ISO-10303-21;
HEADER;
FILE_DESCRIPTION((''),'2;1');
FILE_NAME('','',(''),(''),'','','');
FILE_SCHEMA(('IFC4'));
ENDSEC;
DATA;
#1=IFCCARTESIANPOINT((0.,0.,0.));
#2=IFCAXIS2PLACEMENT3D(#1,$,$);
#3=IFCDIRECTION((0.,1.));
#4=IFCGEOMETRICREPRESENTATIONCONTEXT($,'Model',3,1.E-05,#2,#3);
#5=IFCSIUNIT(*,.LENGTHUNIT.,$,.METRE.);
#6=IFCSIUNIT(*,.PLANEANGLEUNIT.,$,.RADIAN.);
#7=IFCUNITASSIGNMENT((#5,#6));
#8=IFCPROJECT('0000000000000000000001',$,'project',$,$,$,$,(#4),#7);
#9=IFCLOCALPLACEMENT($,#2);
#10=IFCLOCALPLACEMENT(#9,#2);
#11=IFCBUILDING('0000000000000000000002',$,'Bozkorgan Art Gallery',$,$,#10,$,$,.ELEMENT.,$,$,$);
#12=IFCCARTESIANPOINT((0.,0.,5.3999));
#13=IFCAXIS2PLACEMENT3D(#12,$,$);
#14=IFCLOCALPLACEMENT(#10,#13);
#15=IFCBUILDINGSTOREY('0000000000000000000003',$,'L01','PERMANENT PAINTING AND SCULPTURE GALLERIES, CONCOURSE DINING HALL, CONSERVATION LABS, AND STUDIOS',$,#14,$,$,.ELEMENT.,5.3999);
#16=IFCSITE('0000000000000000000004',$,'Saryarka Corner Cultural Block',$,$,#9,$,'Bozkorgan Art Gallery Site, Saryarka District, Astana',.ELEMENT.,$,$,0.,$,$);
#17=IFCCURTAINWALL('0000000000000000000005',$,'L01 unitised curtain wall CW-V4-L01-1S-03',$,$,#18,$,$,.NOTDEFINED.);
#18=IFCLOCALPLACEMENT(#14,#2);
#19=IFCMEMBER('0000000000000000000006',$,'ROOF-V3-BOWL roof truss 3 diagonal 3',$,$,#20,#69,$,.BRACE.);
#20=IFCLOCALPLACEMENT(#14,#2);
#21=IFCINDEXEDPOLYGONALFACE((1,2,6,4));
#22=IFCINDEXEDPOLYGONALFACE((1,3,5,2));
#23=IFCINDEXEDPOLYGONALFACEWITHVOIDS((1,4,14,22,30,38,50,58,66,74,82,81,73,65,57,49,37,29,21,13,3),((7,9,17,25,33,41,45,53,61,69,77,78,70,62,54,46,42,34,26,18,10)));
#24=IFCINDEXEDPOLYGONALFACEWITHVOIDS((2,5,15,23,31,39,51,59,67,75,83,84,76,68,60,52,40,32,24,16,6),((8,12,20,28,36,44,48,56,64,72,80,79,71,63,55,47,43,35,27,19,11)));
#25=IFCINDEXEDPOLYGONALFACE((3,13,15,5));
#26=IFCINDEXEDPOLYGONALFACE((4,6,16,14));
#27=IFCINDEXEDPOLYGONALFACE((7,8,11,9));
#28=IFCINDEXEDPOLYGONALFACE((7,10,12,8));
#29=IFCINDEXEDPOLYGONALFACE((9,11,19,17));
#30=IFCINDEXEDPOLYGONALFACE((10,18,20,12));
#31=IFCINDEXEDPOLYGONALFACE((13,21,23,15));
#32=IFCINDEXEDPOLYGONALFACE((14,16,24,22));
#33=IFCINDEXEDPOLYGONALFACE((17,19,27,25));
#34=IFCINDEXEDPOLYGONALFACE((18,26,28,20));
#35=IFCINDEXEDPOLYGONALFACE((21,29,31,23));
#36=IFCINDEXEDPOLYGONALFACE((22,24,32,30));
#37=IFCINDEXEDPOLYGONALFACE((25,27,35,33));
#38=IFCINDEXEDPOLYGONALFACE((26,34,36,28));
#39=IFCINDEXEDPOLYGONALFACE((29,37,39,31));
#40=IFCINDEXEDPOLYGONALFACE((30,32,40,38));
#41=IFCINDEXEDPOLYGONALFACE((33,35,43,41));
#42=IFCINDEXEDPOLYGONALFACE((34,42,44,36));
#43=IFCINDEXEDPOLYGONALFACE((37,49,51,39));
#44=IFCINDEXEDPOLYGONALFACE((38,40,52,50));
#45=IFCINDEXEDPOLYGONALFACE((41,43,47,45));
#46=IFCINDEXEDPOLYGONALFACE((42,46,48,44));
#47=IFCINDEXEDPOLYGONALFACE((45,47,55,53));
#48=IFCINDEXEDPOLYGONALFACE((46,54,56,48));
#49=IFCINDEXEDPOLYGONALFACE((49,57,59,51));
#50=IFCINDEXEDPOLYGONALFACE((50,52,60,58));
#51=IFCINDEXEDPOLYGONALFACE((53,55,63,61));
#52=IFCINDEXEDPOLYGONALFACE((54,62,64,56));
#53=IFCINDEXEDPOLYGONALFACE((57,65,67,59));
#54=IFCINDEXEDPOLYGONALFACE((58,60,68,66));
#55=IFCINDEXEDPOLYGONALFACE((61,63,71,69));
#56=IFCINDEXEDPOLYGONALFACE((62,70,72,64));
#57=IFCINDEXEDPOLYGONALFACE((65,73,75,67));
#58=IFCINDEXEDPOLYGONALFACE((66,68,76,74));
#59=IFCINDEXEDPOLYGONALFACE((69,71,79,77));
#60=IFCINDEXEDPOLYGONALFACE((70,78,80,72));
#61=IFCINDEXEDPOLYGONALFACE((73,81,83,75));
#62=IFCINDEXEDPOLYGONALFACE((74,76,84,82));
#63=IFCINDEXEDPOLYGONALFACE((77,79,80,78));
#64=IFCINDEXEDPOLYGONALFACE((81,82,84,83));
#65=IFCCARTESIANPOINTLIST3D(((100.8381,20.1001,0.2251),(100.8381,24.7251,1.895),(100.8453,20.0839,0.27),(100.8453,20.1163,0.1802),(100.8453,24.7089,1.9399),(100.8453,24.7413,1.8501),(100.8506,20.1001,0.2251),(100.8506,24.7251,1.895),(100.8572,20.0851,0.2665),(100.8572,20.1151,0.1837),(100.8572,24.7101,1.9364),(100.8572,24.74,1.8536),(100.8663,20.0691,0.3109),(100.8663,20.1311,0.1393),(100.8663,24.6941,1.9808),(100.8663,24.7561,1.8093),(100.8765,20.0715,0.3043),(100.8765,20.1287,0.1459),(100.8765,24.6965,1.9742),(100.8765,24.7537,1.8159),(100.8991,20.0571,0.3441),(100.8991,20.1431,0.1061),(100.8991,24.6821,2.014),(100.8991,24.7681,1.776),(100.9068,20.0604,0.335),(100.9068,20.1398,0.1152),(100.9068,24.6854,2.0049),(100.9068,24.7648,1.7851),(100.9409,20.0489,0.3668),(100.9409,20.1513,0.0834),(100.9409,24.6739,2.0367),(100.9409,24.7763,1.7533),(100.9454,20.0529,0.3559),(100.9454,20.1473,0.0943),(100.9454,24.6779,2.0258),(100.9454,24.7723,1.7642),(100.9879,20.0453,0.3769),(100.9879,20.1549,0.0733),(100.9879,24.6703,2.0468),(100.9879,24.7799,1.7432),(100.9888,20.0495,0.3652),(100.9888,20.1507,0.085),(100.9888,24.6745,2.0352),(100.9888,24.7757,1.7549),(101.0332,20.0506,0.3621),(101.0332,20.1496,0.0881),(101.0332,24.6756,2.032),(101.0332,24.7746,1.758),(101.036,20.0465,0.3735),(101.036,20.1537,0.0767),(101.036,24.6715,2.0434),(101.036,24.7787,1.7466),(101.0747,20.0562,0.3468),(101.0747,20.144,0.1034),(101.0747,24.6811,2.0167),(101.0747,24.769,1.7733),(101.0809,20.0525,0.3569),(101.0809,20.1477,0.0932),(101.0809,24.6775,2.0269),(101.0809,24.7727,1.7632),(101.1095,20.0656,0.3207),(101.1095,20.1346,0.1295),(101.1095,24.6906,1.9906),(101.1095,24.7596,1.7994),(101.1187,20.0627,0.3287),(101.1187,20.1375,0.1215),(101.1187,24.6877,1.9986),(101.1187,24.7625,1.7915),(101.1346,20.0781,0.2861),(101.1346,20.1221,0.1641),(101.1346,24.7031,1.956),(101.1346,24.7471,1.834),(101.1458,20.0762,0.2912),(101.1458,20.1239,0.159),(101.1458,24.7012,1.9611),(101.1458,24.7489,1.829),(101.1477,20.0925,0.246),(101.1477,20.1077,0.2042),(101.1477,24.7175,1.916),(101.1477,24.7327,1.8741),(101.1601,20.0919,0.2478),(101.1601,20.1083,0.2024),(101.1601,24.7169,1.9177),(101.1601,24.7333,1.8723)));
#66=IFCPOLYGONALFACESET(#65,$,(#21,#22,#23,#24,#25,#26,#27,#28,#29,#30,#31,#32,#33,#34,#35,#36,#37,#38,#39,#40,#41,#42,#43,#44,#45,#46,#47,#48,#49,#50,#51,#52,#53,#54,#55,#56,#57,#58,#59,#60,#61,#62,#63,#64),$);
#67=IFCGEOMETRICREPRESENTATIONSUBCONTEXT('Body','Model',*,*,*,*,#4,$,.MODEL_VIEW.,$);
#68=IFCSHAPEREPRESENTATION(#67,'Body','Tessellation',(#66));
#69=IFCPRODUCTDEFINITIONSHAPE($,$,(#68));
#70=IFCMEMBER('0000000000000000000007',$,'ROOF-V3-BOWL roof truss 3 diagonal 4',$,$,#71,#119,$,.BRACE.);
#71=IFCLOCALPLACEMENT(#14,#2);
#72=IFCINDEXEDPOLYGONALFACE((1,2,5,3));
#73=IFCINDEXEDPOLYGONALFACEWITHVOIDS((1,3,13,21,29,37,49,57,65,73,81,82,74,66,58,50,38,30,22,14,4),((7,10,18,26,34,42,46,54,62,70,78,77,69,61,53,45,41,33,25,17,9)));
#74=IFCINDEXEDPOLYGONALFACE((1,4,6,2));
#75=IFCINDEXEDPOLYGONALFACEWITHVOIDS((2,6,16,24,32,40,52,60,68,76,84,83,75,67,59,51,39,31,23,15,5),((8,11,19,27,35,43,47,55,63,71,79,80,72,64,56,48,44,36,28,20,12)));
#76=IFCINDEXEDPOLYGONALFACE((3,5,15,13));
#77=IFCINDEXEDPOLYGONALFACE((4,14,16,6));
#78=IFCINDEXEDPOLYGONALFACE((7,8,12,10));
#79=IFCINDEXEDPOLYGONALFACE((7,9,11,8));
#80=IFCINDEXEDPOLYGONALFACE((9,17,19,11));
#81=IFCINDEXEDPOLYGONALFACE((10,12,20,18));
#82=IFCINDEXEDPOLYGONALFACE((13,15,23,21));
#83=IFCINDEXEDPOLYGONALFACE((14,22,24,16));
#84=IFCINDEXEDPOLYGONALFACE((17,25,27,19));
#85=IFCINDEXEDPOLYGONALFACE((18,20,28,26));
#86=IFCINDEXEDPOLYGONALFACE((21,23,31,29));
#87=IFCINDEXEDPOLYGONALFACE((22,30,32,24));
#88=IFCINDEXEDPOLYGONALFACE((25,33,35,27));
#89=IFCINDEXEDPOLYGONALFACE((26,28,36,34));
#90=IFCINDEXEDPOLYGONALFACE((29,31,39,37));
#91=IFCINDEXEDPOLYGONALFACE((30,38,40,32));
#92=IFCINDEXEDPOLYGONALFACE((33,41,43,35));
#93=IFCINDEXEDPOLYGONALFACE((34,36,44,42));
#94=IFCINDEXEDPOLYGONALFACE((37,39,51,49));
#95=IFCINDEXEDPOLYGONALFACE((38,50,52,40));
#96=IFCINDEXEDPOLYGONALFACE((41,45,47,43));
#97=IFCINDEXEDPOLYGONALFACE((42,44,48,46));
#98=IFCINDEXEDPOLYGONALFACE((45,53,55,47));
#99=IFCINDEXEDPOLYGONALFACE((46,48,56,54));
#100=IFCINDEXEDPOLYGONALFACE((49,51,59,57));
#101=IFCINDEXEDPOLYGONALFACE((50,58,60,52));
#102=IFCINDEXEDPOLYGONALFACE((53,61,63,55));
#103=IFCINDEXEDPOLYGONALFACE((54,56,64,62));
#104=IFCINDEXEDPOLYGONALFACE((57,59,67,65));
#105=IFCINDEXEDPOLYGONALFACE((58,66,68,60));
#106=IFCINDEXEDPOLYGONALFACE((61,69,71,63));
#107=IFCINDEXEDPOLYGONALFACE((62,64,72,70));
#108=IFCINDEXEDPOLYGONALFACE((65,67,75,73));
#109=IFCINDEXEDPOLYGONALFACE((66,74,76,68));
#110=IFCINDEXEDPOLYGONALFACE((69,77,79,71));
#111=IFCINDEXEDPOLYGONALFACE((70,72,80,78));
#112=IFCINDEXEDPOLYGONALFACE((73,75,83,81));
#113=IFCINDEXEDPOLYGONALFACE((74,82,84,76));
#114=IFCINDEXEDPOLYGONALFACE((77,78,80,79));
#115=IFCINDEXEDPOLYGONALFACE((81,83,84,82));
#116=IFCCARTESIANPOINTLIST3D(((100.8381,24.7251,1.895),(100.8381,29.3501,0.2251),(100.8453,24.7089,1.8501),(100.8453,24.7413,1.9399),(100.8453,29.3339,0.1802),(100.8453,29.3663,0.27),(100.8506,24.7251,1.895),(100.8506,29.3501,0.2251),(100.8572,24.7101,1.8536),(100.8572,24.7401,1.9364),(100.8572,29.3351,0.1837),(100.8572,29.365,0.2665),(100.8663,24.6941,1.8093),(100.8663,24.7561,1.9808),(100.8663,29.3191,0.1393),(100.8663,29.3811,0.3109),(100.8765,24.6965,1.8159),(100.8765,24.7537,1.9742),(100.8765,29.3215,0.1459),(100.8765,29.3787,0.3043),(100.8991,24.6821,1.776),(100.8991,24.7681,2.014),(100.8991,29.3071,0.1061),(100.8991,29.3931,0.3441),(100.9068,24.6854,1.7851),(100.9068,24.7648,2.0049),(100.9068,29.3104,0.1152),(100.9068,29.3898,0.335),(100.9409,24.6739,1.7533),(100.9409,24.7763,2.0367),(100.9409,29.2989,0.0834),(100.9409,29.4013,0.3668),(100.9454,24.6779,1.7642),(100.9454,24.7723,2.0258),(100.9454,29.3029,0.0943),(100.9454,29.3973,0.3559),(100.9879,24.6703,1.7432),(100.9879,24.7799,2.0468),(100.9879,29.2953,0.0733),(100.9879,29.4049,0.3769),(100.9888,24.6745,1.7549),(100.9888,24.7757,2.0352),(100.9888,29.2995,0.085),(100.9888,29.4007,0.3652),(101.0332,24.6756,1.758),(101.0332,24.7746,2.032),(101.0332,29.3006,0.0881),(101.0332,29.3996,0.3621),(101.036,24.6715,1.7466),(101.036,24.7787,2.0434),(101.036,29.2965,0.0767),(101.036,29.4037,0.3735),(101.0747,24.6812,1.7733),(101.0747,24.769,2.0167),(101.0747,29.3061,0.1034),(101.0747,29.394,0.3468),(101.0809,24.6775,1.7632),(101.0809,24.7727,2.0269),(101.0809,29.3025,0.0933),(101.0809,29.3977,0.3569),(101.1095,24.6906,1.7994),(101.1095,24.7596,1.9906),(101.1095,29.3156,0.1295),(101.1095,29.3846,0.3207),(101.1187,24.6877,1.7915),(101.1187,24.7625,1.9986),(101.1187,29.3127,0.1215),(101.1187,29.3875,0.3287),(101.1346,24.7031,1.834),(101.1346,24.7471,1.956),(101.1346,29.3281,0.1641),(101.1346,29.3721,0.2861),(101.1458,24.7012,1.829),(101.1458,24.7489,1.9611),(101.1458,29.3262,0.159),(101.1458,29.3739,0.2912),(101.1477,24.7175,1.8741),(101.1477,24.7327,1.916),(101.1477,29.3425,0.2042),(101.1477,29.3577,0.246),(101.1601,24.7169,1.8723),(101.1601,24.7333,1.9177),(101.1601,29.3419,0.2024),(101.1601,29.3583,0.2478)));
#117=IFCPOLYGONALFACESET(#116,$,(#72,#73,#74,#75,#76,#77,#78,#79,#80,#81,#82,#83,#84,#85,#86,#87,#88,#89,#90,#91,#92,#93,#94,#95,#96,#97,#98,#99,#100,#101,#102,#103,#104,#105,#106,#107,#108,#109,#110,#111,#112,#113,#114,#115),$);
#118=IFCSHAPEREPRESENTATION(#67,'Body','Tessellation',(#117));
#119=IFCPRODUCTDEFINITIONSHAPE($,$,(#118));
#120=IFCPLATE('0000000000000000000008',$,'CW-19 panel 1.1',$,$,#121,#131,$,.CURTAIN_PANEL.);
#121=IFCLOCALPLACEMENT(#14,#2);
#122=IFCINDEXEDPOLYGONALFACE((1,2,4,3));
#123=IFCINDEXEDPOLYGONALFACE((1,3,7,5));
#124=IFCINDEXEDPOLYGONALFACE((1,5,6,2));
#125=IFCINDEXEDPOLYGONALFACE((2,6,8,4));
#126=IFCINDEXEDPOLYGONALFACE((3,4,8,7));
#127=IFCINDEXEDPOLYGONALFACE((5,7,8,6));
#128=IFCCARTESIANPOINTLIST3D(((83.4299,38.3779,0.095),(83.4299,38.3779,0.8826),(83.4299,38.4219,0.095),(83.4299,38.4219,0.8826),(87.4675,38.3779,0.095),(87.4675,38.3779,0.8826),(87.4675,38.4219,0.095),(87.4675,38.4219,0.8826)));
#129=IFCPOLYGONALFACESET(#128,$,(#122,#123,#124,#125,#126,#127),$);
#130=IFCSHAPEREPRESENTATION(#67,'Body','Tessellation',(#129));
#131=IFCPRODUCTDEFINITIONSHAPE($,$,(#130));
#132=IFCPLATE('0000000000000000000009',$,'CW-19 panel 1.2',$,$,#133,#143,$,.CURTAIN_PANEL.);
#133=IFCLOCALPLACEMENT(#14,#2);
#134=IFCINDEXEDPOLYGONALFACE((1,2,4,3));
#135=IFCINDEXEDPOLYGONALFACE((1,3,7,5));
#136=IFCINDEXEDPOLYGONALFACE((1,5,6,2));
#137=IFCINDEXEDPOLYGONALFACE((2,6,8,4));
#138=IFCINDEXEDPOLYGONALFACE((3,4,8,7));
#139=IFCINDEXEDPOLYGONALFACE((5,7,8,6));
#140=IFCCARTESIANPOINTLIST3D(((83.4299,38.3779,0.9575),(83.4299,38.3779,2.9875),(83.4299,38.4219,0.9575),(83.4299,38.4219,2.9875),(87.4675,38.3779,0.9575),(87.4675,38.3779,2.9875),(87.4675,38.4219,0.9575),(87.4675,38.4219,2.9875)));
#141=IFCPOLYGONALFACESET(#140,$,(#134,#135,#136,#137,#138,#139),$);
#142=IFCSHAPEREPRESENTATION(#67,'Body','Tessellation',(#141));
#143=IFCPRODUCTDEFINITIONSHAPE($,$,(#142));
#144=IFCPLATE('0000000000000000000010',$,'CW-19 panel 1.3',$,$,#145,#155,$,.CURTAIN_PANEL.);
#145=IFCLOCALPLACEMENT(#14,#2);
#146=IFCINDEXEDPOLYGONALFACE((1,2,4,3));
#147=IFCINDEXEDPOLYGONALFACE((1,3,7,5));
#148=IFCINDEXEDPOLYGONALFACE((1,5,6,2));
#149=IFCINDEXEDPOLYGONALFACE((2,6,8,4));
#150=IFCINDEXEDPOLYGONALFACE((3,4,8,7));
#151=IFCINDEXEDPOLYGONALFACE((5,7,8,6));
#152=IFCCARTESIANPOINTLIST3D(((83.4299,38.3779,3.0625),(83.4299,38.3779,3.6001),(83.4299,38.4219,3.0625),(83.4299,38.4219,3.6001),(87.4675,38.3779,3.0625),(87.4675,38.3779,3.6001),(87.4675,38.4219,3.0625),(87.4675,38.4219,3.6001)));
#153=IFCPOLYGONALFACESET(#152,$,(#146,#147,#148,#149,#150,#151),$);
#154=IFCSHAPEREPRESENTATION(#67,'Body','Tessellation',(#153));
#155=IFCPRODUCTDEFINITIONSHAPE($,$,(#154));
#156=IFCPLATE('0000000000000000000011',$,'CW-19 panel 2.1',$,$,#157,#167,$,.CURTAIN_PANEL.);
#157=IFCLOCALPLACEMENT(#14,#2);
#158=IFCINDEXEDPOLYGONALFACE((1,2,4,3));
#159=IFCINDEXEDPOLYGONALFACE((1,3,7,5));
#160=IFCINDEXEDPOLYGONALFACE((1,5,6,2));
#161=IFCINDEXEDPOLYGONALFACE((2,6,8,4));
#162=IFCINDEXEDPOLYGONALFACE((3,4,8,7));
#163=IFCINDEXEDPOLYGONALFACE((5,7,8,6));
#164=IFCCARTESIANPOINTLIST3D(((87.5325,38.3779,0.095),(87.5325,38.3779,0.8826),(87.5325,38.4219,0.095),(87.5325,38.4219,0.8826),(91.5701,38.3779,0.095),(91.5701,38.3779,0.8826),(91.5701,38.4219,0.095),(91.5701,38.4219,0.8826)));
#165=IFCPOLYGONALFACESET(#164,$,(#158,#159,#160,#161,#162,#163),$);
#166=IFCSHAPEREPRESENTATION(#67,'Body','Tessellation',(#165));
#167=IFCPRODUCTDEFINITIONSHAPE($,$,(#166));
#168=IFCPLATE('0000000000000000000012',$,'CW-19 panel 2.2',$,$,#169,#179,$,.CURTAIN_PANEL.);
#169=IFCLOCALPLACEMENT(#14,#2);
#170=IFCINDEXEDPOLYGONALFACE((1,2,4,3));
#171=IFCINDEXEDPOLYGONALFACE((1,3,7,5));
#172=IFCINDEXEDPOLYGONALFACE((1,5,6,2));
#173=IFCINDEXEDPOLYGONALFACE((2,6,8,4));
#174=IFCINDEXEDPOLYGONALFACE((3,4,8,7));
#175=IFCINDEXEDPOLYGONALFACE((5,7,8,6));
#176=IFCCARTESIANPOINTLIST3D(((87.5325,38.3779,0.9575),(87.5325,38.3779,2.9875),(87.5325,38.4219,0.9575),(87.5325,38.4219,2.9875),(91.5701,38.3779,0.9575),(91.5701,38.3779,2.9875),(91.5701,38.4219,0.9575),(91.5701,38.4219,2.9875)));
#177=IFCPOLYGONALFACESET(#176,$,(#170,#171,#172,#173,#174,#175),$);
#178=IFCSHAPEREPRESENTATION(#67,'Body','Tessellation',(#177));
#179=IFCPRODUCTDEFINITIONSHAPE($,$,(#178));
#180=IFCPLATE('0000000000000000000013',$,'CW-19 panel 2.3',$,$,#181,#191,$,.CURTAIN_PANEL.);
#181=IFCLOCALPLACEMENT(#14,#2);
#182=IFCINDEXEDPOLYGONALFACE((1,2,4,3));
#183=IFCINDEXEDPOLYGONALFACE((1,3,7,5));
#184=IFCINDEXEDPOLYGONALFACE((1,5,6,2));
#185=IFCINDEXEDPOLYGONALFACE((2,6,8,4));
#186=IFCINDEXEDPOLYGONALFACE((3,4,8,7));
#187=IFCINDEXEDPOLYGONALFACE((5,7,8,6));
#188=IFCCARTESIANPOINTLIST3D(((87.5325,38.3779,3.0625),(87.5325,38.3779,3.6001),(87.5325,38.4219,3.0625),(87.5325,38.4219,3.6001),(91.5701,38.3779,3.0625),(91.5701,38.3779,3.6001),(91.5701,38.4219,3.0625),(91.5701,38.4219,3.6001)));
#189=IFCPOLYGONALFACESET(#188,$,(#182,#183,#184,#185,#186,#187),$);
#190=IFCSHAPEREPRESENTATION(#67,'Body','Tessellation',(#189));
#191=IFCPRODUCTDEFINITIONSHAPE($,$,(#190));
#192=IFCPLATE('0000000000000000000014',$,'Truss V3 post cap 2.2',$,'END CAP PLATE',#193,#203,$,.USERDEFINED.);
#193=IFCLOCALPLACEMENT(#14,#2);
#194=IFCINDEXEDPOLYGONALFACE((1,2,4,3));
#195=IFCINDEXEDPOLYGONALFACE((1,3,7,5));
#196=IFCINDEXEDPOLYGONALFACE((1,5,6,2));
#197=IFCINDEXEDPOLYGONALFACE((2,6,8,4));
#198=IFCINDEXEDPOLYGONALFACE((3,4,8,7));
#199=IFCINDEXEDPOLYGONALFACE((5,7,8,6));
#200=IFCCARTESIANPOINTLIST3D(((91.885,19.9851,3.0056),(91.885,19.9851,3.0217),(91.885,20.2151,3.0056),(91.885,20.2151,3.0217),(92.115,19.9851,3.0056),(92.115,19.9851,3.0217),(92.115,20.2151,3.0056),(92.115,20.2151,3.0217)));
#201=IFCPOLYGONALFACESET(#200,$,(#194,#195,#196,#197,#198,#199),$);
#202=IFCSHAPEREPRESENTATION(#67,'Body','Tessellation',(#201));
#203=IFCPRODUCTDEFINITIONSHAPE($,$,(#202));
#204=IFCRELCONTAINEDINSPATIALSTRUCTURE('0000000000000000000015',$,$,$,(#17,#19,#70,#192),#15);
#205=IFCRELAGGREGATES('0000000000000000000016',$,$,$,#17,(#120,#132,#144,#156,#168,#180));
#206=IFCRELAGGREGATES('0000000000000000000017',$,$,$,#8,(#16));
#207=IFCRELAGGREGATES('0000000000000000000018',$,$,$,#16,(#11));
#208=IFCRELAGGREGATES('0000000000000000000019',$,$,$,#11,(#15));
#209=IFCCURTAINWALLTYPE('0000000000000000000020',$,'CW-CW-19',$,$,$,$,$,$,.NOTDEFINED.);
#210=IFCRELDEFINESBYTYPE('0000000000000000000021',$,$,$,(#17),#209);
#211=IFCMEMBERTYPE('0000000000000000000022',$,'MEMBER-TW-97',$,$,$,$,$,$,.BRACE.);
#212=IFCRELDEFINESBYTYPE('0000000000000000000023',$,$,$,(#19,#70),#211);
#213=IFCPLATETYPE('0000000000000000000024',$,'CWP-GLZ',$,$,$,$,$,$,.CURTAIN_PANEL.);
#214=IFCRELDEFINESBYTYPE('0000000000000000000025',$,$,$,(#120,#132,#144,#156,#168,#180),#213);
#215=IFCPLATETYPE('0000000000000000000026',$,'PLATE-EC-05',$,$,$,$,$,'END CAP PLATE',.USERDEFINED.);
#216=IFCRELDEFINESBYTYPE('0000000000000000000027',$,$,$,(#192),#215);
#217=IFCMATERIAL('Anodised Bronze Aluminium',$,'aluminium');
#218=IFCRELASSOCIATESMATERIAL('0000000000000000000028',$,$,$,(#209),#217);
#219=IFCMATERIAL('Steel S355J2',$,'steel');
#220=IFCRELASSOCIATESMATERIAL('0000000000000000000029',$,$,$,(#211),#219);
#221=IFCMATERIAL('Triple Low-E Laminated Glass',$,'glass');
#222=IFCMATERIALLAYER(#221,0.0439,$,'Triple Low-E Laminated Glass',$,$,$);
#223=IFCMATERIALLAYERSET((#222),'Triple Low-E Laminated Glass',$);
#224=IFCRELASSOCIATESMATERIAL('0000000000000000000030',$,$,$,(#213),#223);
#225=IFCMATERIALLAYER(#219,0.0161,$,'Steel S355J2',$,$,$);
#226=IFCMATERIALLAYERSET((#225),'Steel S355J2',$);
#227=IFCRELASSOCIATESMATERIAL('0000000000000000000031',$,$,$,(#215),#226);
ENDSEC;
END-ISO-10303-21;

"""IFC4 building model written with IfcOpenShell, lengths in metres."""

from ifc_helpers import new_model, si_unit, direction, frame, origin, origin_2d, place, context, subcontext, project, spatial, rectangle, hollow_circle, extrude, material, layer, layer_set, material_profile, profile_set, type_object, element, aggregate, save


model = new_model("IFC4")

# Units and contexts
model_context = context("Model", 3, precision=1e-05, world=origin(), true_north=direction((0.0, 1.0)))
body_context = subcontext(model_context, "Body", "Model", "MODEL_VIEW")
ifc_project = project(units=[si_unit("LENGTHUNIT", "METRE"), si_unit("PLANEANGLEUNIT", "RADIAN")], contexts=[model_context])

# Site, building, storey
site_placement = place(None, origin())
site = spatial("IfcSite", under=ifc_project, at=site_placement, Name="Saryarka Corner Cultural Block", LongName="Bozkorgan Art Gallery Site, Saryarka District, Astana", CompositionType="ELEMENT", RefElevation=0.0)
building_placement = place(site_placement, origin())
building = spatial("IfcBuilding", under=site, at=building_placement, Name="Bozkorgan Art Gallery", CompositionType="ELEMENT")
storey_placement = place(building_placement, frame((0.0, 0.0, 5.3999)))
storey = spatial("IfcBuildingStorey", under=building, at=storey_placement, Name="L01", Description="PERMANENT PAINTING AND SCULPTURE GALLERIES, CONCOURSE DINING HALL, CONSERVATION LABS, AND STUDIOS", CompositionType="ELEMENT", Elevation=5.3999)

# Curtain wall
ifc_material_1 = material(Name="Anodised Bronze Aluminium", Category="aluminium")
curtain_wall_type = type_object("IfcCurtainWallType", Name="CW-CW-19", PredefinedType="NOTDEFINED", material=ifc_material_1)
curtain_wall_placement = place(storey_placement, origin())
curtain_wall = element("IfcCurtainWall", 1, at=curtain_wall_placement, inside=storey, type_object=curtain_wall_type, Name="L01 unitised curtain wall CW-V4-L01-1S-03", PredefinedType="NOTDEFINED")

# Members
ifc_material_2 = material(Name="Steel S355J2", Category="steel")
ifc_material_profile_1 = material_profile(ifc_material_2, hollow_circle(Radius=0.1619, WallThickness=0.0125, at=origin_2d()), Name="CHS 323.9x12.5")
ifc_profile_set_1 = profile_set([ifc_material_profile_1], Name="Steel S355J2")
member_type_1 = type_object("IfcMemberType", Name="MEMBER-TW-97", PredefinedType="BRACE", material=ifc_profile_set_1)
for number, where, z_axis, x_axis, name in (
    (2, (101.0, 20.1001, 0.2251), (0.0, 0.940568, 0.339605), (-1.0, 0.0, 0.0), "ROOF-V3-BOWL roof truss 3 diagonal 3"),
    (3, (101.0, 24.7251, 1.895), (0.0, 0.940568, -0.339605), (-1.0, 0.0, 0.0), "ROOF-V3-BOWL roof truss 3 diagonal 4"),
):
    element("IfcMember", number, at=place(storey_placement, frame(where, z_axis=z_axis, x_axis=x_axis)), inside=storey, type_object=member_type_1, Name=name, PredefinedType="BRACE", context=body_context, shape_type="SweptSolid", body=[
        extrude(hollow_circle(Radius=0.1619, WallThickness=0.0125, at=origin_2d()), origin(), (0.0, 0.0, 1.0), 4.9172),
    ])

# Plates
ifc_material_3 = material(Name="Triple Low-E Laminated Glass", Category="glass")
ifc_layer_1 = layer(ifc_material_3, 0.0439, Name="Triple Low-E Laminated Glass")
ifc_layer_set_1 = layer_set([ifc_layer_1], Name="Triple Low-E Laminated Glass")
plate_type_1 = type_object("IfcPlateType", Name="CWP-GLZ", PredefinedType="CURTAIN_PANEL", material=ifc_layer_set_1)
plate_1_placement = place(storey_placement, frame((85.4487, 38.3999, 0.095), z_axis=(0.0, 0.0, 1.0), x_axis=(1.0, 0.0, 0.0)))
plate_1 = element("IfcPlate", 4, at=plate_1_placement, type_object=plate_type_1, Name="CW-19 panel 1.1", PredefinedType="CURTAIN_PANEL", context=body_context, shape_type="SweptSolid", body=[
    extrude(rectangle(XDim=4.0376, YDim=0.0439, at=origin_2d()), origin(), (0.0, 0.0, 1.0), 0.7876),
])
plate_2_placement = place(storey_placement, frame((85.4487, 38.3999, 0.9575), z_axis=(0.0, 0.0, 1.0), x_axis=(1.0, 0.0, 0.0)))
plate_2 = element("IfcPlate", 5, at=plate_2_placement, type_object=plate_type_1, Name="CW-19 panel 1.2", PredefinedType="CURTAIN_PANEL", context=body_context, shape_type="SweptSolid", body=[
    extrude(rectangle(XDim=4.0376, YDim=0.0439, at=origin_2d()), origin(), (0.0, 0.0, 1.0), 2.03),
])
plate_3_placement = place(storey_placement, frame((85.4487, 38.3999, 3.0625), z_axis=(0.0, 0.0, 1.0), x_axis=(1.0, 0.0, 0.0)))
plate_3 = element("IfcPlate", 6, at=plate_3_placement, type_object=plate_type_1, Name="CW-19 panel 1.3", PredefinedType="CURTAIN_PANEL", context=body_context, shape_type="SweptSolid", body=[
    extrude(rectangle(XDim=4.0376, YDim=0.0439, at=origin_2d()), origin(), (0.0, 0.0, 1.0), 0.5376),
])
plate_4_placement = place(storey_placement, frame((89.5513, 38.3999, 0.095), z_axis=(0.0, 0.0, 1.0), x_axis=(1.0, 0.0, 0.0)))
plate_4 = element("IfcPlate", 7, at=plate_4_placement, type_object=plate_type_1, Name="CW-19 panel 2.1", PredefinedType="CURTAIN_PANEL", context=body_context, shape_type="SweptSolid", body=[
    extrude(rectangle(XDim=4.0376, YDim=0.0439, at=origin_2d()), origin(), (0.0, 0.0, 1.0), 0.7876),
])
plate_5_placement = place(storey_placement, frame((89.5513, 38.3999, 0.9575), z_axis=(0.0, 0.0, 1.0), x_axis=(1.0, 0.0, 0.0)))
plate_5 = element("IfcPlate", 8, at=plate_5_placement, type_object=plate_type_1, Name="CW-19 panel 2.2", PredefinedType="CURTAIN_PANEL", context=body_context, shape_type="SweptSolid", body=[
    extrude(rectangle(XDim=4.0376, YDim=0.0439, at=origin_2d()), origin(), (0.0, 0.0, 1.0), 2.03),
])
plate_6_placement = place(storey_placement, frame((89.5513, 38.3999, 3.0625), z_axis=(0.0, 0.0, 1.0), x_axis=(1.0, 0.0, 0.0)))
plate_6 = element("IfcPlate", 9, at=plate_6_placement, type_object=plate_type_1, Name="CW-19 panel 2.3", PredefinedType="CURTAIN_PANEL", context=body_context, shape_type="SweptSolid", body=[
    extrude(rectangle(XDim=4.0376, YDim=0.0439, at=origin_2d()), origin(), (0.0, 0.0, 1.0), 0.5376),
])
aggregate(curtain_wall, [plate_1, plate_2, plate_3, plate_4, plate_5, plate_6])

# Plate
ifc_layer_2 = layer(ifc_material_2, 0.0161, Name="Steel S355J2")
ifc_layer_set_2 = layer_set([ifc_layer_2], Name="Steel S355J2")
plate_type_2 = type_object("IfcPlateType", Name="PLATE-EC-05", ElementType="END CAP PLATE", PredefinedType="USERDEFINED", material=ifc_layer_set_2)
for number, where, z_axis, x_axis, name in (
    (10, (92.0, 20.1001, 3.0056), (0.0, 0.0, 1.0), (1.0, 0.0, 0.0), "Truss V3 post cap 2.2"),
):
    element("IfcPlate", number, at=place(storey_placement, frame(where, z_axis=z_axis, x_axis=x_axis)), inside=storey, type_object=plate_type_2, Name=name, ObjectType="END CAP PLATE", PredefinedType="USERDEFINED", context=body_context, shape_type="SweptSolid", body=[
        extrude(rectangle(XDim=0.23, YDim=0.23, at=origin_2d()), origin(), (0.0, 0.0, 1.0), 0.0161),
    ])

save(model, "model.ifc")
